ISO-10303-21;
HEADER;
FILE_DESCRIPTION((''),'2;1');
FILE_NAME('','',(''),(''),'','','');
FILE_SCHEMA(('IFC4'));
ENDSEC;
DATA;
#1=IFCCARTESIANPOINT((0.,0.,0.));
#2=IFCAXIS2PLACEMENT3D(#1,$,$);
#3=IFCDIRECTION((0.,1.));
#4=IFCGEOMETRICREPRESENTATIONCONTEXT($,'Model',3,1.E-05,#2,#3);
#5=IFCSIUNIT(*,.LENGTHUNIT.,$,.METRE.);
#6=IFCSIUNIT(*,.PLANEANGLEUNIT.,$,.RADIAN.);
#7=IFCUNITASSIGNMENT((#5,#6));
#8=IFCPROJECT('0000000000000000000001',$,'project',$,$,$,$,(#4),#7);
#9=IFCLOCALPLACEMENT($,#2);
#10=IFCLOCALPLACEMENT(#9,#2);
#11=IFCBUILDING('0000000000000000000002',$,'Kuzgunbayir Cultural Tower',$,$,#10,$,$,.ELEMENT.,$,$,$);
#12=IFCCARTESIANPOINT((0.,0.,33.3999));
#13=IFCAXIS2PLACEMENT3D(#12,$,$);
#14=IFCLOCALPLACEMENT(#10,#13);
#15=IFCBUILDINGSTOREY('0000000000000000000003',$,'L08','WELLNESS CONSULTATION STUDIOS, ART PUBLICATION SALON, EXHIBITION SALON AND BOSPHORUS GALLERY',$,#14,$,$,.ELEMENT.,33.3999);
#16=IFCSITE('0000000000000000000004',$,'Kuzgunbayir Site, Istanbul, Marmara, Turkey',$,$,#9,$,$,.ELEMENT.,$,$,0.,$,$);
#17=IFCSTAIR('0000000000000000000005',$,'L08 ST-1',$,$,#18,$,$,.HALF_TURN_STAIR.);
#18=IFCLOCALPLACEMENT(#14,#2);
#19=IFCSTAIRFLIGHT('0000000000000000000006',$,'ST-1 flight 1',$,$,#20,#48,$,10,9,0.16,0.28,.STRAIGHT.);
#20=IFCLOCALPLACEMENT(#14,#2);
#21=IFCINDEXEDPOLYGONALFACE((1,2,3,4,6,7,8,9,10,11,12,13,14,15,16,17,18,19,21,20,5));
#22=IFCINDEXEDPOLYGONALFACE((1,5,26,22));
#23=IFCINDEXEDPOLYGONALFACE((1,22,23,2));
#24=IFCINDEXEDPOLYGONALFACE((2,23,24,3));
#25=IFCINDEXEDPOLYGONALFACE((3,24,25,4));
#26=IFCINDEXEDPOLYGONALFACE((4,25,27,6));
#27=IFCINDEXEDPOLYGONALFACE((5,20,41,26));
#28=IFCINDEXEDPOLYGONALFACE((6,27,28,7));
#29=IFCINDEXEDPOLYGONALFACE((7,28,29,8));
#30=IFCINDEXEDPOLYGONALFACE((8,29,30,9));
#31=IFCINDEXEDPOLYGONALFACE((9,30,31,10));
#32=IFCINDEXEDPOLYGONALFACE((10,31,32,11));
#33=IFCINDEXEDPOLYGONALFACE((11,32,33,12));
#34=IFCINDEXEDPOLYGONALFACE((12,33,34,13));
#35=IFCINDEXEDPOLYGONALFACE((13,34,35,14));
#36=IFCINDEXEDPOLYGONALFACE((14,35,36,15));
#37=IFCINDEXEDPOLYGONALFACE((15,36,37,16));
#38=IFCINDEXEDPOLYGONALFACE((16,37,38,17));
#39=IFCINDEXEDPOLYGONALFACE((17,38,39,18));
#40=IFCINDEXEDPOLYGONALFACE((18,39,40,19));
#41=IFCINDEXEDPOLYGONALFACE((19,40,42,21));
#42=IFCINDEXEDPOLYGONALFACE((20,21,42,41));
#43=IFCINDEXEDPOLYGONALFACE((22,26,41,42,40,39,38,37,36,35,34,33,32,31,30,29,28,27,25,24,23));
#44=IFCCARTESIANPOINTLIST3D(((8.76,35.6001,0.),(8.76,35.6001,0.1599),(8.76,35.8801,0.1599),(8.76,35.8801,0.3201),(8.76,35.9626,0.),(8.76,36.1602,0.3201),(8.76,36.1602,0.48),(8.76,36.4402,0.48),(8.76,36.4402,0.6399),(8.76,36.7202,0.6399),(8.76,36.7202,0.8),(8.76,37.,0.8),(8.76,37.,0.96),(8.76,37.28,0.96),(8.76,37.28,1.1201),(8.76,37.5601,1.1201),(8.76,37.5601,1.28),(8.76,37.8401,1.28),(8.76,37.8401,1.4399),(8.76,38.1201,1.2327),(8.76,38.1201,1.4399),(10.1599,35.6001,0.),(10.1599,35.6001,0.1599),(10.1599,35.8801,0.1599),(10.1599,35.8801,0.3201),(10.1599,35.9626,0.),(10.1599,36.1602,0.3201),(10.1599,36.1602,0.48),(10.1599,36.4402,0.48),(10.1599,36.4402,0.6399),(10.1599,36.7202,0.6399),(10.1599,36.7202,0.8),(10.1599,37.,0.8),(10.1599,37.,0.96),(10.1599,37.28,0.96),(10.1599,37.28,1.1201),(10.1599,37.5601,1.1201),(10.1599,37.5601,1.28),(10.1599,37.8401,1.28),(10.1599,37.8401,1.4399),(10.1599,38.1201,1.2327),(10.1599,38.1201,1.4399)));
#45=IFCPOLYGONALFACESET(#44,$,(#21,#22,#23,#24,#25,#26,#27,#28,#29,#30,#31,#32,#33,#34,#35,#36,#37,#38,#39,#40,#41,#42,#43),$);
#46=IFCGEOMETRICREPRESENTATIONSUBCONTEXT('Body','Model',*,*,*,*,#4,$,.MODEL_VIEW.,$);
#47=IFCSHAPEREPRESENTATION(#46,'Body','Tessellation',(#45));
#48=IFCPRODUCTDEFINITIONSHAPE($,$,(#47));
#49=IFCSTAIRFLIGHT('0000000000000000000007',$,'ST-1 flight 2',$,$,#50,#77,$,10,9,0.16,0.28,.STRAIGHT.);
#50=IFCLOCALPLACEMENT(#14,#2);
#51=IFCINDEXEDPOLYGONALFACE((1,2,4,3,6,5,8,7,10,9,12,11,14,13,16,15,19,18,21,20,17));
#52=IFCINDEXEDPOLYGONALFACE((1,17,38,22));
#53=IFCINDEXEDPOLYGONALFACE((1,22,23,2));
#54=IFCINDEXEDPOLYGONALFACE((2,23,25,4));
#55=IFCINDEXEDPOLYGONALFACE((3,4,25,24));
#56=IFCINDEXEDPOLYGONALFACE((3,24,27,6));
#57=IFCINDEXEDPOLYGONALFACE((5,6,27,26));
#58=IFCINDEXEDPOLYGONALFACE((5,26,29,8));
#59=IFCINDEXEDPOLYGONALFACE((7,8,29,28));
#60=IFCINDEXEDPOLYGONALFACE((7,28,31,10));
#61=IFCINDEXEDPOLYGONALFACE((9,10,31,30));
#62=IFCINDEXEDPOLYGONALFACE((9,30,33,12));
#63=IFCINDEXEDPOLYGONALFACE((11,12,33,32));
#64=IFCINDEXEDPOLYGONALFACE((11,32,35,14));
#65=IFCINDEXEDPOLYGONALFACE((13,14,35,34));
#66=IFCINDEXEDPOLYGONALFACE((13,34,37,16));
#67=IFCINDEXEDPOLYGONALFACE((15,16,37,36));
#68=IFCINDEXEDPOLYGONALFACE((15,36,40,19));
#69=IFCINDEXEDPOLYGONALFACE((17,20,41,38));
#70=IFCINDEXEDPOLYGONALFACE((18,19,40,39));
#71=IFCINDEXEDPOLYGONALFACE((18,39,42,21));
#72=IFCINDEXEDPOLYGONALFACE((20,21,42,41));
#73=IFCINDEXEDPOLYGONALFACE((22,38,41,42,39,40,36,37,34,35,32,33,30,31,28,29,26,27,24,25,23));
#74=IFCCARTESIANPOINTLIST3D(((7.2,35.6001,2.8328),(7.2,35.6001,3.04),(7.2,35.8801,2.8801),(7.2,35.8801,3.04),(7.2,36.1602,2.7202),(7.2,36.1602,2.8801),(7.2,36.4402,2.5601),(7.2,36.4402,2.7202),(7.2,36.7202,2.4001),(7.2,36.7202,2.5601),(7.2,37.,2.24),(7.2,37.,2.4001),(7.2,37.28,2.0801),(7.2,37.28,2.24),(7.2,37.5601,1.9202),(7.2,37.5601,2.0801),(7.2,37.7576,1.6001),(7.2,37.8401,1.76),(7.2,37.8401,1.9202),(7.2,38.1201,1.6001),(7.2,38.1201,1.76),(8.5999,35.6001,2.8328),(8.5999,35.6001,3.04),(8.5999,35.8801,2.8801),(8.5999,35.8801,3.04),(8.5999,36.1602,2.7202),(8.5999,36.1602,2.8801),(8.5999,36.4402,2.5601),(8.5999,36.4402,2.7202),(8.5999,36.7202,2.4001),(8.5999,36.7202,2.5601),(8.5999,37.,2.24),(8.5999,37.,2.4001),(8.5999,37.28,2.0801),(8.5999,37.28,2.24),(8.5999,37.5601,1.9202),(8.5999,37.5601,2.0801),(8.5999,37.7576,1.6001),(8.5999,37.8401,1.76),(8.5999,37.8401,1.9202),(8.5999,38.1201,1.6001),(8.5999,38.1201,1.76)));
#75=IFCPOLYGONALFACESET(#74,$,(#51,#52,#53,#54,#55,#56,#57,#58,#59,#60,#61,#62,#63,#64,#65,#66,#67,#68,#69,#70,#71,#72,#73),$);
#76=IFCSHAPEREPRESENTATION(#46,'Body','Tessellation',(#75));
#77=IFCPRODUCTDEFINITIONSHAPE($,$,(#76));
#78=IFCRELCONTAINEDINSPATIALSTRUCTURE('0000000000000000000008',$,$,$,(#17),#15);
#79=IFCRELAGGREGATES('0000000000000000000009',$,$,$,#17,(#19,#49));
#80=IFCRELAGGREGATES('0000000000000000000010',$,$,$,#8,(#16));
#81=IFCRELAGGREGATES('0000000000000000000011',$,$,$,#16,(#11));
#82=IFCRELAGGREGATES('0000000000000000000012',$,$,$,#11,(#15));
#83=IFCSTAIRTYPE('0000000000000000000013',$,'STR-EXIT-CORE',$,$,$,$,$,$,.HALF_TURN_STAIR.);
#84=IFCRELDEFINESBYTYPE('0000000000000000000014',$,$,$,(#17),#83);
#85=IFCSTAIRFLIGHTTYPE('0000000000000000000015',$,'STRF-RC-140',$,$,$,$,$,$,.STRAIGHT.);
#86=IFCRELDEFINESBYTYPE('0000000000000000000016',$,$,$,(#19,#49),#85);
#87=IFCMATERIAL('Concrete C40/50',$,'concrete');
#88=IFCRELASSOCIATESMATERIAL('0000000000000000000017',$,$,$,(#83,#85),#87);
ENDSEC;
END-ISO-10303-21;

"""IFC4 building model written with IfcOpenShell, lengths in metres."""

from ifc_helpers import new_model, si_unit, direction, frame, origin, place, context, subcontext, project, spatial, polyline, outline, extrude, material, type_object, element, aggregate, save


model = new_model("IFC4")

# Units and contexts
model_context = context("Model", 3, precision=1e-05, world=origin(), true_north=direction((0.0, 1.0)))
body_context = subcontext(model_context, "Body", "Model", "MODEL_VIEW")
ifc_project = project(units=[si_unit("LENGTHUNIT", "METRE"), si_unit("PLANEANGLEUNIT", "RADIAN")], contexts=[model_context])

# Site, building, storey
site_placement = place(None, origin())
site = spatial("IfcSite", under=ifc_project, at=site_placement, Name="Kuzgunbayir Site, Istanbul, Marmara, Turkey", CompositionType="ELEMENT", RefElevation=0.0)
building_placement = place(site_placement, origin())
building = spatial("IfcBuilding", under=site, at=building_placement, Name="Kuzgunbayir Cultural Tower", CompositionType="ELEMENT")
storey_placement = place(building_placement, frame((0.0, 0.0, 33.3999)))
storey = spatial("IfcBuildingStorey", under=building, at=storey_placement, Name="L08", Description="WELLNESS CONSULTATION STUDIOS, ART PUBLICATION SALON, EXHIBITION SALON AND BOSPHORUS GALLERY", CompositionType="ELEMENT", Elevation=33.3999)

# Shared definitions
ifc_material_1 = material(Name="Concrete C40/50", Category="concrete")

# Stair, stair flights
stair_type = type_object("IfcStairType", Name="STR-EXIT-CORE", PredefinedType="HALF_TURN_STAIR", material=ifc_material_1)
stair_placement = place(storey_placement, origin())
stair = element("IfcStair", 1, at=stair_placement, inside=storey, type_object=stair_type, Name="L08 ST-1", PredefinedType="HALF_TURN_STAIR")
stair_flight_type = type_object("IfcStairFlightType", Name="STRF-RC-140", PredefinedType="STRAIGHT", material=ifc_material_1)
stair_flight_1_placement = place(storey_placement, frame((9.46, 35.6001, 0.0), z_axis=(0.0, 0.0, 1.0), x_axis=(0.0, 1.0, 0.0)))
stair_flight_1 = element("IfcStairFlight", 2, at=stair_flight_1_placement, type_object=stair_flight_type, Name="ST-1 flight 1", NumberOfRisers=10, NumberOfTreads=9, PredefinedType="STRAIGHT", RiserHeight=0.16, TreadLength=0.28, context=body_context, shape_type="SweptSolid", body=[
    extrude(outline(polyline([(0.0, 0.0), (0.0, 0.1599), (0.28, 0.1599), (0.28, 0.3201), (0.5601, 0.3201), (0.5601, 0.48), (0.8401, 0.48), (0.8401, 0.6399), (1.1201, 0.6399), (1.1201, 0.8), (1.3999, 0.8), (1.3999, 0.96), (1.6799, 0.96), (1.6799, 1.1201), (1.96, 1.1201), (1.96, 1.28), (2.24, 1.28), (2.24, 1.4399), (2.52, 1.4399), (2.52, 1.6001), (2.52, 1.2327), (0.3625, 0.0), (0.0, 0.0)])), frame((0.0, 0.7, 0.0), z_axis=(0.0, -1.0, 0.0), x_axis=(1.0, 0.0, 0.0)), (0.0, 0.0, 1.0), 1.3999),
])
stair_flight_2_placement = place(storey_placement, frame((7.8999, 38.1201, 1.6001), z_axis=(0.0, 0.0, 1.0), x_axis=(0.0, -1.0, 0.0)))
stair_flight_2 = element("IfcStairFlight", 3, at=stair_flight_2_placement, type_object=stair_flight_type, Name="ST-1 flight 2", NumberOfRisers=10, NumberOfTreads=9, PredefinedType="STRAIGHT", RiserHeight=0.16, TreadLength=0.28, context=body_context, shape_type="SweptSolid", body=[
    extrude(outline(polyline([(0.0, 0.0), (0.0, 0.1599), (0.28, 0.1599), (0.28, 0.3201), (0.5601, 0.3201), (0.5601, 0.48), (0.8401, 0.48), (0.8401, 0.6399), (1.1201, 0.6399), (1.1201, 0.8), (1.3999, 0.8), (1.3999, 0.96), (1.6799, 0.96), (1.6799, 1.1201), (1.96, 1.1201), (1.96, 1.28), (2.24, 1.28), (2.24, 1.4399), (2.52, 1.4399), (2.52, 1.6001), (2.52, 1.2327), (0.3625, 0.0), (0.0, 0.0)])), frame((0.0, 0.7, 0.0), z_axis=(0.0, -1.0, 0.0), x_axis=(1.0, 0.0, 0.0)), (0.0, 0.0, 1.0), 1.3999),
])
aggregate(stair, [stair_flight_1, stair_flight_2])

save(model, "model.ifc")
